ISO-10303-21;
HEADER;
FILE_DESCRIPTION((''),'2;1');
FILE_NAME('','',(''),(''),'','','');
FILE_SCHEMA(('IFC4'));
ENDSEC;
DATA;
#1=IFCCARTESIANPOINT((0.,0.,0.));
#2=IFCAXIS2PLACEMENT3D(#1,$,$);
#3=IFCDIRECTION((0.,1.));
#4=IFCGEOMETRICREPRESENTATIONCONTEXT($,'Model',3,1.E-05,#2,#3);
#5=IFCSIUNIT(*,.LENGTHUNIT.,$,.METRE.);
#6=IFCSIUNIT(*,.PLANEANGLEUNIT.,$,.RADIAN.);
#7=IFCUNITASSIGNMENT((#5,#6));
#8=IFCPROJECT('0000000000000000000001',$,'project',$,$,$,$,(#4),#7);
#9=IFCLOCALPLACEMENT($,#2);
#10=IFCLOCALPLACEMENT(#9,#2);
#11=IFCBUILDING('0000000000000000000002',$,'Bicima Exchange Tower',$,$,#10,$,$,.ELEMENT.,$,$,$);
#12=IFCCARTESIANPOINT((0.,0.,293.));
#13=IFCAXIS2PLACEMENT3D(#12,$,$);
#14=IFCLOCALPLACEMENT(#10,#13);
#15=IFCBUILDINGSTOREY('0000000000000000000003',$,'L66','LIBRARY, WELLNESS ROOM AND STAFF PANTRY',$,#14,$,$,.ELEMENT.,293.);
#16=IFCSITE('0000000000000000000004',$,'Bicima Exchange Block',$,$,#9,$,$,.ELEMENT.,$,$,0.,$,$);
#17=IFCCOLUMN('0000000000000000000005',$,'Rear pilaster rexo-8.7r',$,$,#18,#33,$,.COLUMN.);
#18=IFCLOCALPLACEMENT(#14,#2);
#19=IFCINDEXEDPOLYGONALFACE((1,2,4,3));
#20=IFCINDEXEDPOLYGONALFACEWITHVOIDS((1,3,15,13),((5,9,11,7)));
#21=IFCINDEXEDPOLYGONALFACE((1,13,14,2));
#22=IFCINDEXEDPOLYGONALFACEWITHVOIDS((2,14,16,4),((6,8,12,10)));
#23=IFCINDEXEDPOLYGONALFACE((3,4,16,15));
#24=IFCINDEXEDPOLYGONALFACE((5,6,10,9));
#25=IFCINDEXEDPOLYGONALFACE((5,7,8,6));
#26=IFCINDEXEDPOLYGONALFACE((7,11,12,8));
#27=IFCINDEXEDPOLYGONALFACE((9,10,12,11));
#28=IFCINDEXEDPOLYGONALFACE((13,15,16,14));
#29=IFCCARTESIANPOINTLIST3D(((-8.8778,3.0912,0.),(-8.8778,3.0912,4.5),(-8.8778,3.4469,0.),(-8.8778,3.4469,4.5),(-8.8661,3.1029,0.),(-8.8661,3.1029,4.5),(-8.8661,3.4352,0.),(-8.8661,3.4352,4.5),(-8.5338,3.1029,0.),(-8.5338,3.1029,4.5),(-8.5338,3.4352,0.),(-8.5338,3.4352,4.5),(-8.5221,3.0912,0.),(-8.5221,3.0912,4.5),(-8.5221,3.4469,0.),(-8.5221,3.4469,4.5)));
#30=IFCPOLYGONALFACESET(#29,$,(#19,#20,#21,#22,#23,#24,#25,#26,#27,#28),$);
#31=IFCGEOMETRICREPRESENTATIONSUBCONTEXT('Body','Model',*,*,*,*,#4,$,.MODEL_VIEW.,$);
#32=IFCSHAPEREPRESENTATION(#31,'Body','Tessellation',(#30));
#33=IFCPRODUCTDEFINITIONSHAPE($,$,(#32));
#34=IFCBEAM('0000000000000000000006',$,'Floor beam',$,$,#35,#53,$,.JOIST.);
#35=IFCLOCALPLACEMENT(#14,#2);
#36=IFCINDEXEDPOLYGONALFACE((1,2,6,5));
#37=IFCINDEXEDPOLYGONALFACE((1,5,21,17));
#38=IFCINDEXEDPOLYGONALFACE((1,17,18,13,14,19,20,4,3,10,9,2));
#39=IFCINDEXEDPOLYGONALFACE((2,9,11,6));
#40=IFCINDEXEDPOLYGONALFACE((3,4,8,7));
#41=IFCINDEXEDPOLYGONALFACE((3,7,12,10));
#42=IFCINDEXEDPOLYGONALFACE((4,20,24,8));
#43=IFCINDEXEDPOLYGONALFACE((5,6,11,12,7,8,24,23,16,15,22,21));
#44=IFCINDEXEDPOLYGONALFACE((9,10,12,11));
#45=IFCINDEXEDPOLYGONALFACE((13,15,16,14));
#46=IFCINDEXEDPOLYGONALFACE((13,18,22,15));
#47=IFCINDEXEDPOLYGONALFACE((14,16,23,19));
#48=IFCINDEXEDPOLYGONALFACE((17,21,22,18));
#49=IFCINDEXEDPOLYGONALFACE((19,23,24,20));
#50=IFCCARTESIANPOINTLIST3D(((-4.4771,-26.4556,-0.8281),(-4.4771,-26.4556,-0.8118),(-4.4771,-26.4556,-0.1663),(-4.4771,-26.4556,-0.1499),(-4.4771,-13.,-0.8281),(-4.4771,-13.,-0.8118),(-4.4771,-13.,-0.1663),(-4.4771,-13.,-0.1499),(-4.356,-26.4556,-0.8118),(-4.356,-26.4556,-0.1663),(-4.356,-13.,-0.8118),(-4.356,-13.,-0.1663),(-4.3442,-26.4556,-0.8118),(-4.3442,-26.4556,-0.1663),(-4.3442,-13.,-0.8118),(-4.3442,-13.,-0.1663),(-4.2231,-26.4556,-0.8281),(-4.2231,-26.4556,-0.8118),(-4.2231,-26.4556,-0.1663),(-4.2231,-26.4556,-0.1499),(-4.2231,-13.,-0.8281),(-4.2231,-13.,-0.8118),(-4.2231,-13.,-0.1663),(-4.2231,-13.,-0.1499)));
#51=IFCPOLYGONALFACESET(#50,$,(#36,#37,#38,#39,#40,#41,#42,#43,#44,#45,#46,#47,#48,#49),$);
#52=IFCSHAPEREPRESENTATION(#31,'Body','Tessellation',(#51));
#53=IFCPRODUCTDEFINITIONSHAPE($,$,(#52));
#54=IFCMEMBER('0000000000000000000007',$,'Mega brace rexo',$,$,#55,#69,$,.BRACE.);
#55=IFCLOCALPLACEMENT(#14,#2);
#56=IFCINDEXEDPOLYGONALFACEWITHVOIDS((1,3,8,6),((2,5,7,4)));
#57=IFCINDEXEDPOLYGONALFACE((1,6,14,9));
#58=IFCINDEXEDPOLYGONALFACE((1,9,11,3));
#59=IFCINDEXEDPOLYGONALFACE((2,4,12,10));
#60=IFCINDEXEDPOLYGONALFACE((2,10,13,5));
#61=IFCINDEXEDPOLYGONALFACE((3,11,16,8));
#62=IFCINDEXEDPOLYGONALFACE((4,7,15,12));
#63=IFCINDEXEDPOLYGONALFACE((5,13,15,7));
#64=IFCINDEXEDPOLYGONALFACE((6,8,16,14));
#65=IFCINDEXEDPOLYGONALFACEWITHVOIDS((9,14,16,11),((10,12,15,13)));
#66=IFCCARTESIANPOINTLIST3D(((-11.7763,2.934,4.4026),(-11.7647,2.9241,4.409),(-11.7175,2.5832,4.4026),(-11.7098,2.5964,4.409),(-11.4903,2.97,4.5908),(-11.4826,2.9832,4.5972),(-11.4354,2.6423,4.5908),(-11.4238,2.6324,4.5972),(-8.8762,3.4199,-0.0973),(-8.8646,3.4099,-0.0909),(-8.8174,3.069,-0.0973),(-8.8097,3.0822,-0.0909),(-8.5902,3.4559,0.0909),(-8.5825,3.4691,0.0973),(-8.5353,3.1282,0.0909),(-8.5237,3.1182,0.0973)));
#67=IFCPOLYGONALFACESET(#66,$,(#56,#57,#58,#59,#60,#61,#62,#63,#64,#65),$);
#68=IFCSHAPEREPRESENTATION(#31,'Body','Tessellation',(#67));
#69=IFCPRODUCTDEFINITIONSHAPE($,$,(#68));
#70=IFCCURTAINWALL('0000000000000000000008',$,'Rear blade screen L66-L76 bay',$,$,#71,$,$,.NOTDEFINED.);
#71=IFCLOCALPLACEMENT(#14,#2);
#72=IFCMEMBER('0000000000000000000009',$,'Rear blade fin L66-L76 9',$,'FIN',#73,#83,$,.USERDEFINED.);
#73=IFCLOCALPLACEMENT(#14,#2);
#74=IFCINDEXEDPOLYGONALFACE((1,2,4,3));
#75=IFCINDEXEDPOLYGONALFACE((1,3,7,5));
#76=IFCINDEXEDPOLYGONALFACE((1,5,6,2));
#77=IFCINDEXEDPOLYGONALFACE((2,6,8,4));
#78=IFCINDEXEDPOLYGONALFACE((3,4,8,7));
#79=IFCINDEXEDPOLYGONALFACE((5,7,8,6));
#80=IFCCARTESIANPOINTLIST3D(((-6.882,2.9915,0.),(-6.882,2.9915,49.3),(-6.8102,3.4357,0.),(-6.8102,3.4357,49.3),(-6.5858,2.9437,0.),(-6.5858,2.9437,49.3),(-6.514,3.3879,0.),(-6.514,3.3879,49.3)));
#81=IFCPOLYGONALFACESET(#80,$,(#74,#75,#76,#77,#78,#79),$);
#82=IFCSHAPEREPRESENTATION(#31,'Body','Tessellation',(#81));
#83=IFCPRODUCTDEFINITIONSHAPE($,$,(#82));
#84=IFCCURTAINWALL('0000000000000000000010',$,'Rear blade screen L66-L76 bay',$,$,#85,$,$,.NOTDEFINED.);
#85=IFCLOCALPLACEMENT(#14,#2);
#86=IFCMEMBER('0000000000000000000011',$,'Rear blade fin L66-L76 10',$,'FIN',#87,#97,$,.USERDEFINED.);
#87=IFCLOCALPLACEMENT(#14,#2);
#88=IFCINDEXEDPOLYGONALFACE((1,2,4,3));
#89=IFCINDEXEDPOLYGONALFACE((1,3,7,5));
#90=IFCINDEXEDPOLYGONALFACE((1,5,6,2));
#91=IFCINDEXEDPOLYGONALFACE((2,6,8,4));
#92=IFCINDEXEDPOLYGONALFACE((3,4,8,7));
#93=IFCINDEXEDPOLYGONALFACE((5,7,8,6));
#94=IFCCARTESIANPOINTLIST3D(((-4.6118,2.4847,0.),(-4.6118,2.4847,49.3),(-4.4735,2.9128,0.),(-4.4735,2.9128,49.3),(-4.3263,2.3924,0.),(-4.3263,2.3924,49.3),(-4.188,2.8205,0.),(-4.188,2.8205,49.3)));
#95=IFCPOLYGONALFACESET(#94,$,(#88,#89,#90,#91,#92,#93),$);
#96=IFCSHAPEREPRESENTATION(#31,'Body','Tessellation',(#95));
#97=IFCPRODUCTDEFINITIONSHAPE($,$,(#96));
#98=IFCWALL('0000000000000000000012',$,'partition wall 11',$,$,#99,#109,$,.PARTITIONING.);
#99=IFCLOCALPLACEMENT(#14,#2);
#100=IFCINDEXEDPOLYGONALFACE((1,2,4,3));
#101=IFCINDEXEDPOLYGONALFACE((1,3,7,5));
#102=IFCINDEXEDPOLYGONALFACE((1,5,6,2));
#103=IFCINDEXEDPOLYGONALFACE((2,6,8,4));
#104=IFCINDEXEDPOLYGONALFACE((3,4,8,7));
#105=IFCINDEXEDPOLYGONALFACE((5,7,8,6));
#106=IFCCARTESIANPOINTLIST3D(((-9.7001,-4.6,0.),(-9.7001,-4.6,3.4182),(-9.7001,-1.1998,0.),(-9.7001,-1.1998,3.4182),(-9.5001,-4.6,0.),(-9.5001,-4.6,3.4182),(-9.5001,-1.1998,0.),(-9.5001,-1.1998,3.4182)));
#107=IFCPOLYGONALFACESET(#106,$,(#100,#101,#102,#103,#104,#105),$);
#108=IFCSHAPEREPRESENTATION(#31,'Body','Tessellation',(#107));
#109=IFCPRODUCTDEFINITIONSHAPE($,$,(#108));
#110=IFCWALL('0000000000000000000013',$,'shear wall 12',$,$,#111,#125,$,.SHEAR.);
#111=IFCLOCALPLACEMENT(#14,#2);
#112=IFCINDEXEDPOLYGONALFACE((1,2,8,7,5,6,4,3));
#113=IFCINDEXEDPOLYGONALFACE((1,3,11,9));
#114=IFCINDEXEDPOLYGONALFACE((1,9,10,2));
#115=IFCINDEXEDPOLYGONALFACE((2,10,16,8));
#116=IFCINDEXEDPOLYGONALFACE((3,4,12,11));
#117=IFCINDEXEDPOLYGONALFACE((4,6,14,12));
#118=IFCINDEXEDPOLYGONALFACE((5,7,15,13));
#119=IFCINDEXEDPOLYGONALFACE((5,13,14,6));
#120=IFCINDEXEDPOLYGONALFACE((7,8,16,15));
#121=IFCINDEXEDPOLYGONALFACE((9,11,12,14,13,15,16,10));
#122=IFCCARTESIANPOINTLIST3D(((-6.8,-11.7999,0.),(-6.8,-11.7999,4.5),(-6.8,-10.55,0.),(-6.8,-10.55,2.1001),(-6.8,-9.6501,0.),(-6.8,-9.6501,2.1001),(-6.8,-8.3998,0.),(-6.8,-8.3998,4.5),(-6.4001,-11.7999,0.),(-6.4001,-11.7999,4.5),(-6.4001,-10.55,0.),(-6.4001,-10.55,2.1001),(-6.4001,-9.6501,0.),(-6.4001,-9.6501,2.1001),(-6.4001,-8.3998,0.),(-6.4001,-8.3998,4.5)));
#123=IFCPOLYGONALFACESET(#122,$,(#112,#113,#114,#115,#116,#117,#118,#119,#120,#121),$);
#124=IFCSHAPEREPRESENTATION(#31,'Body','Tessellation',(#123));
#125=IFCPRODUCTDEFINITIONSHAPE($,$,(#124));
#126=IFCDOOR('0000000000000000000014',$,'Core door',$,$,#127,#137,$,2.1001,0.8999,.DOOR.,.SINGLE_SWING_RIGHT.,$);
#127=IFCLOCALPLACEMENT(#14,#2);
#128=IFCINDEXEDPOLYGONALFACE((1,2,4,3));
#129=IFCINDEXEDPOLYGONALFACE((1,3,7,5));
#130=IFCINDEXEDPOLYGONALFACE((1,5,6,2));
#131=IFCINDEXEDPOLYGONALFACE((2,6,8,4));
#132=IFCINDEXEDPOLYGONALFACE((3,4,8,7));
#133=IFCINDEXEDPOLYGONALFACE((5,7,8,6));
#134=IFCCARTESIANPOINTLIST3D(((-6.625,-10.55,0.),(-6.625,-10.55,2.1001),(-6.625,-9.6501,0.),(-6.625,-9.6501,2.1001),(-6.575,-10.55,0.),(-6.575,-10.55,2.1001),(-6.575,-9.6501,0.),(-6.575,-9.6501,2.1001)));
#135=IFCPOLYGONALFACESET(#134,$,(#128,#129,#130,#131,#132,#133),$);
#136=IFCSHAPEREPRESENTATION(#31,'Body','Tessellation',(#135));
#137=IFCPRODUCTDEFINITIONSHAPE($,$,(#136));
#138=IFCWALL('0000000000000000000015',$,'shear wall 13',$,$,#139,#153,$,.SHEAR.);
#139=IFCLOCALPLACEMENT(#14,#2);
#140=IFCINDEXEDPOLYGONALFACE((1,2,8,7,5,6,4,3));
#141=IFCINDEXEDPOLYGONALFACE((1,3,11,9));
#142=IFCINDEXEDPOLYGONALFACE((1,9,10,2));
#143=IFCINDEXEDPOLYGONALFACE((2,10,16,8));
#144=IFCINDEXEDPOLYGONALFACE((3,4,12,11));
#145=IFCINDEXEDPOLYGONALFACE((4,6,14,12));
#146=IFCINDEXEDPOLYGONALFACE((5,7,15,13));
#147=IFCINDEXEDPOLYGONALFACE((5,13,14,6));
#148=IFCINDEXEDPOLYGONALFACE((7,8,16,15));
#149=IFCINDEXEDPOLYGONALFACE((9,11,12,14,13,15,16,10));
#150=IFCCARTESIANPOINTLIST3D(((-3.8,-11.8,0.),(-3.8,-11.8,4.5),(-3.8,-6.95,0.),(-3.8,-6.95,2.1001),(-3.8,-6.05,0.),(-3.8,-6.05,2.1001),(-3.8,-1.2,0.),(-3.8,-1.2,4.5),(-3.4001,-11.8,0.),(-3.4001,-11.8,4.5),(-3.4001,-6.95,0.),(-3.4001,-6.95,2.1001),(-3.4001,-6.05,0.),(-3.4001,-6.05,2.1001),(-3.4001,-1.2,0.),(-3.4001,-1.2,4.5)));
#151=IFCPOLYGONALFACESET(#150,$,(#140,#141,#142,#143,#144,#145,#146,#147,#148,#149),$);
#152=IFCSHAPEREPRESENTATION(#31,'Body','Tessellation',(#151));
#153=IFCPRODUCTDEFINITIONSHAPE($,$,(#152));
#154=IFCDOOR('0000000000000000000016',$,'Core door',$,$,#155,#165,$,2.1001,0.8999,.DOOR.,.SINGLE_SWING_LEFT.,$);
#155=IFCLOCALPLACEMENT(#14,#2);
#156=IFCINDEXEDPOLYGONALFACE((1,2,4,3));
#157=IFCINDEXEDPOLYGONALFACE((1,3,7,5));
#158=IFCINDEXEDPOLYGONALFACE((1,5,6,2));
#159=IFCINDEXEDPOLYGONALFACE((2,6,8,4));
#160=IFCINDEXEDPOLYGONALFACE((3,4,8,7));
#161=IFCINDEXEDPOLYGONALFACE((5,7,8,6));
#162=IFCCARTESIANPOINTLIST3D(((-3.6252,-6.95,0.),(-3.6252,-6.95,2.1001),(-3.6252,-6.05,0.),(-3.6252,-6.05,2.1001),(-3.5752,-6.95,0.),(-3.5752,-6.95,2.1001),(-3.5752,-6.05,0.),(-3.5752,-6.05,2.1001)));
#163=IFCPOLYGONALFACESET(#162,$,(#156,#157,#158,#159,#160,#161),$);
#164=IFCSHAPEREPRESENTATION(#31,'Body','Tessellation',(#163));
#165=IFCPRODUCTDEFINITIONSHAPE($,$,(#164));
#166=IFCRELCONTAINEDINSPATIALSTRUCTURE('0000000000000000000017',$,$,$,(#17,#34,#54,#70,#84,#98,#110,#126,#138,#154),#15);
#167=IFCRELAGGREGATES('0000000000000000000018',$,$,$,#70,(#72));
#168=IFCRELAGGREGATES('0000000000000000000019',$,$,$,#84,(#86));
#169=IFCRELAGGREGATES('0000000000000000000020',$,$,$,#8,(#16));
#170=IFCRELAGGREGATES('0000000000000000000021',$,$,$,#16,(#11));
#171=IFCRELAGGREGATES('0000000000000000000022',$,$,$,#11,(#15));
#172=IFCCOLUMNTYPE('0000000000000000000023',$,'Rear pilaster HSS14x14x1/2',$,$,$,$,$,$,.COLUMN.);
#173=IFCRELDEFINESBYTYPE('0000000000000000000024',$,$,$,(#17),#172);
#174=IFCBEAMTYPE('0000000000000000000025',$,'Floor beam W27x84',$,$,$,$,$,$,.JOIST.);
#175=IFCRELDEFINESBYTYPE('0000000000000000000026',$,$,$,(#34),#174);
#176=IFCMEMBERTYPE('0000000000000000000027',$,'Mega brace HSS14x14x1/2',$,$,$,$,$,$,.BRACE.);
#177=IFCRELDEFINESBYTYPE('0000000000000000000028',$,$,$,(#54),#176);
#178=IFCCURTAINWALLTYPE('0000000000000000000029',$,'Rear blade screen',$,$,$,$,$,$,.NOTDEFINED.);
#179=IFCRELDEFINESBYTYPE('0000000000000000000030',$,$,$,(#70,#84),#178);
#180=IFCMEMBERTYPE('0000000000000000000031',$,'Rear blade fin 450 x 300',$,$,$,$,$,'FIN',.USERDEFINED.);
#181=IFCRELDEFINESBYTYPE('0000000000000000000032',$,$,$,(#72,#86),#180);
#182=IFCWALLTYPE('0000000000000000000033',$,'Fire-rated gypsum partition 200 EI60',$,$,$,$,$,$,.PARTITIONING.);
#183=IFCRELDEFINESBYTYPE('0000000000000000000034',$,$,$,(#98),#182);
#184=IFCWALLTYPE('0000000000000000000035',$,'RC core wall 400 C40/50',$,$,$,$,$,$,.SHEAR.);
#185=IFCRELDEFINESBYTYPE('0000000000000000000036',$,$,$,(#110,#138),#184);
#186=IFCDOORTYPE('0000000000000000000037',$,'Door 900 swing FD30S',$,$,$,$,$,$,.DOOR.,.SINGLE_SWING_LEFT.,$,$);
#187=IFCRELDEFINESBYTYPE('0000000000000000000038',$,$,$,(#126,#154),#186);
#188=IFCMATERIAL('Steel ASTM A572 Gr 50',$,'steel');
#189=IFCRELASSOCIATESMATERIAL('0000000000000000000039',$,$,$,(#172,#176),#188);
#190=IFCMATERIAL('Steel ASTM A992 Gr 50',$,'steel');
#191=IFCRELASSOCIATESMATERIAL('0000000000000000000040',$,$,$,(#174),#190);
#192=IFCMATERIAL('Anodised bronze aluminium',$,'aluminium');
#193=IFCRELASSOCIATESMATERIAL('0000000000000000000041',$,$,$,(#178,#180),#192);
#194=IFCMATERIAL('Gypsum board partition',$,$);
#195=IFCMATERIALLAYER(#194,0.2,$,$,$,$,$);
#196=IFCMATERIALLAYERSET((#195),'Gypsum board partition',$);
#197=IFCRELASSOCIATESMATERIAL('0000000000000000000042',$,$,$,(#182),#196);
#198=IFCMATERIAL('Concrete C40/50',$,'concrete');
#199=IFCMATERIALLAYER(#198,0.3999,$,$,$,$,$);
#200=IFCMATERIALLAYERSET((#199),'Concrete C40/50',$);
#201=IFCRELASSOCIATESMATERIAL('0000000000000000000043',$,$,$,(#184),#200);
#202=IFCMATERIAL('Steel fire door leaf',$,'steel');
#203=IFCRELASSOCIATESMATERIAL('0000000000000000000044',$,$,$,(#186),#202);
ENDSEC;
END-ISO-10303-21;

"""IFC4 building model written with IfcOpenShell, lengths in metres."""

from ifc_helpers import new_model, si_unit, direction, frame, frame_2d, origin, origin_2d, place, context, subcontext, project, spatial, rectangle, hollow_rectangle, i_section, extrude, material, layer, layer_set, material_profile, profile_set, type_object, element, fill, aggregate, save


model = new_model("IFC4")

# Units and contexts
model_context = context("Model", 3, precision=1e-05, world=origin(), true_north=direction((0.0, 1.0)))
body_context = subcontext(model_context, "Body", "Model", "MODEL_VIEW")
ifc_project = project(units=[si_unit("LENGTHUNIT", "METRE"), si_unit("PLANEANGLEUNIT", "RADIAN")], contexts=[model_context])

# Site, building, storey
site_placement = place(None, origin())
site = spatial("IfcSite", under=ifc_project, at=site_placement, Name="Bicima Exchange Block", CompositionType="ELEMENT", RefElevation=0.0)
building_placement = place(site_placement, origin())
building = spatial("IfcBuilding", under=site, at=building_placement, Name="Bicima Exchange Tower", CompositionType="ELEMENT")
storey_placement = place(building_placement, frame((0.0, 0.0, 293.0)))
storey = spatial("IfcBuildingStorey", under=building, at=storey_placement, Name="L66", Description="LIBRARY, WELLNESS ROOM AND STAFF PANTRY", CompositionType="ELEMENT", Elevation=293.0)

# Column
ifc_material_1 = material(Name="Steel ASTM A572 Gr 50", Category="steel")
ifc_material_profile_1 = material_profile(ifc_material_1, hollow_rectangle(XDim=0.3557, YDim=0.3557, WallThickness=0.0117, at=origin_2d()))
ifc_profile_set_1 = profile_set([ifc_material_profile_1], Name="Steel ASTM A572 Gr 50")
column_type = type_object("IfcColumnType", Name="Rear pilaster HSS14x14x1/2", PredefinedType="COLUMN", material=ifc_profile_set_1)
column_placement = place(storey_placement, frame((-8.7, 3.269, 0.0), z_axis=(0.0, 0.0, 1.0), x_axis=(1.0, 0.0, 0.0)))
element("IfcColumn", 1, at=column_placement, inside=storey, type_object=column_type, Name="Rear pilaster rexo-8.7r", PredefinedType="COLUMN", context=body_context, shape_type="SweptSolid", body=[
    extrude(hollow_rectangle(XDim=0.3557, YDim=0.3557, WallThickness=0.0117, at=origin_2d()), origin(), (0.0, 0.0, 1.0), 4.5),
])

# Beam
ifc_material_2 = material(Name="Steel ASTM A992 Gr 50", Category="steel")
ifc_material_profile_2 = material_profile(ifc_material_2, i_section(OverallWidth=0.2539, OverallDepth=0.6782, WebThickness=0.0117, FlangeThickness=0.0164, at=origin_2d()))
ifc_profile_set_2 = profile_set([ifc_material_profile_2], Name="Steel ASTM A992 Gr 50")
beam_type = type_object("IfcBeamType", Name="Floor beam W27x84", PredefinedType="JOIST", material=ifc_profile_set_2)
beam_placement = place(storey_placement, frame((-4.3501, -13.0, -0.489), z_axis=(0.0, -1.0, 0.0), x_axis=(1.0, 0.0, 0.0)))
element("IfcBeam", 2, at=beam_placement, inside=storey, type_object=beam_type, Name="Floor beam", PredefinedType="JOIST", context=body_context, shape_type="SweptSolid", body=[
    extrude(i_section(OverallWidth=0.2539, OverallDepth=0.6782, WebThickness=0.0117, FlangeThickness=0.0164, at=origin_2d()), origin(), (0.0, 0.0, 1.0), 13.4556),
])

# Member
member_type_1 = type_object("IfcMemberType", Name="Mega brace HSS14x14x1/2", PredefinedType="BRACE", material=ifc_profile_set_1)
member_1_placement = place(storey_placement, frame((-8.7, 3.269, 0.0), z_axis=(-0.539504, -0.090379, 0.837119), x_axis=(0.16522, -0.986257, 0.0)))
element("IfcMember", 3, at=member_1_placement, inside=storey, type_object=member_type_1, Name="Mega brace rexo", PredefinedType="BRACE", context=body_context, shape_type="SweptSolid", body=[
    extrude(hollow_rectangle(XDim=0.3557, YDim=0.3557, WallThickness=0.0117, at=origin_2d()), origin(), (0.0, 0.0, 1.0), 5.3755),
])

# Curtain walls, members
ifc_material_3 = material(Name="Anodised bronze aluminium", Category="aluminium")
curtain_wall_type = type_object("IfcCurtainWallType", Name="Rear blade screen", PredefinedType="NOTDEFINED", material=ifc_material_3)
curtain_wall_1_placement = place(storey_placement, origin())
curtain_wall_1 = element("IfcCurtainWall", 4, at=curtain_wall_1_placement, inside=storey, type_object=curtain_wall_type, Name="Rear blade screen L66-L76 bay", PredefinedType="NOTDEFINED")
ifc_material_profile_3 = material_profile(ifc_material_3, rectangle(XDim=0.45, YDim=0.3, at=origin_2d()))
ifc_profile_set_3 = profile_set([ifc_material_profile_3], Name="Anodised bronze aluminium")
member_type_2 = type_object("IfcMemberType", Name="Rear blade fin 450 x 300", ElementType="FIN", PredefinedType="USERDEFINED", material=ifc_profile_set_3)
member_2_placement = place(storey_placement, frame((-6.698, 3.1897, 0.0), z_axis=(0.0, 0.0, 1.0), x_axis=(0.159549, 0.98719, 0.0)))
member_2 = element("IfcMember", 5, at=member_2_placement, type_object=member_type_2, Name="Rear blade fin L66-L76 9", ObjectType="FIN", PredefinedType="USERDEFINED", context=body_context, shape_type="SweptSolid", body=[
    extrude(rectangle(XDim=0.45, YDim=0.3, at=origin_2d()), origin(), (0.0, 0.0, 1.0), 49.3),
])
aggregate(curtain_wall_1, [member_2])
curtain_wall_2_placement = place(storey_placement, origin())
curtain_wall_2 = element("IfcCurtainWall", 6, at=curtain_wall_2_placement, inside=storey, type_object=curtain_wall_type, Name="Rear blade screen L66-L76 bay", PredefinedType="NOTDEFINED")
member_3_placement = place(storey_placement, frame((-4.3999, 2.6526, 0.0), z_axis=(0.0, 0.0, 1.0), x_axis=(0.307568, 0.951526, 0.0)))
member_3 = element("IfcMember", 7, at=member_3_placement, type_object=member_type_2, Name="Rear blade fin L66-L76 10", ObjectType="FIN", PredefinedType="USERDEFINED", context=body_context, shape_type="SweptSolid", body=[
    extrude(rectangle(XDim=0.45, YDim=0.3, at=origin_2d()), origin(), (0.0, 0.0, 1.0), 49.3),
])
aggregate(curtain_wall_2, [member_3])

# Wall
ifc_material_4 = material(Name="Gypsum board partition")
ifc_layer_1 = layer(ifc_material_4, 0.2)
ifc_layer_set_1 = layer_set([ifc_layer_1], Name="Gypsum board partition")
wall_type_1 = type_object("IfcWallType", Name="Fire-rated gypsum partition 200 EI60", PredefinedType="PARTITIONING", material=ifc_layer_set_1)
wall_1_placement = place(storey_placement, frame((-9.6001, -4.6001, 0.0), z_axis=(0.0, 0.0, 1.0), x_axis=(0.0, 1.0, 0.0)))
element("IfcWall", 8, at=wall_1_placement, inside=storey, type_object=wall_type_1, Name="partition wall 11", PredefinedType="PARTITIONING", context=body_context, shape_type="SweptSolid", body=[
    extrude(rectangle(XDim=3.4001, YDim=0.2, at=frame_2d((1.7002, 0.0))), origin(), (0.0, 0.0, 1.0), 3.4182),
])

# Walls, openings, doors
ifc_material_5 = material(Name="Concrete C40/50", Category="concrete")
ifc_layer_2 = layer(ifc_material_5, 0.3999)
ifc_layer_set_2 = layer_set([ifc_layer_2], Name="Concrete C40/50")
wall_type_2 = type_object("IfcWallType", Name="RC core wall 400 C40/50", PredefinedType="SHEAR", material=ifc_layer_set_2)
wall_2_placement = place(storey_placement, frame((-6.6001, -11.8, 0.0), z_axis=(0.0, 0.0, 1.0), x_axis=(0.0, 1.0, 0.0)))
wall_2 = element("IfcWall", 9, at=wall_2_placement, inside=storey, type_object=wall_type_2, Name="shear wall 12", PredefinedType="SHEAR", context=body_context, shape_type="SweptSolid", body=[
    extrude(rectangle(XDim=3.4001, YDim=0.3999, at=frame_2d((1.7002, 0.0))), origin(), (0.0, 0.0, 1.0), 4.5),
])
opening_1_placement = place(wall_2_placement, frame((1.25, 0.0, 0.0)))
opening_1 = element("IfcOpeningElement", 10, at=opening_1_placement, cuts=wall_2, PredefinedType="OPENING", context=body_context, shape_type="SweptSolid", body=[
    extrude(rectangle(XDim=0.8999, YDim=2.1001, at=frame_2d((0.45, 1.05))), frame((0.0, 0.2119, 0.0), z_axis=(0.0, -1.0, 0.0), x_axis=(1.0, 0.0, 0.0)), (0.0, 0.0, 1.0), 0.4238),
])
ifc_material_6 = material(Name="Steel fire door leaf", Category="steel")
door_type_1 = type_object("IfcDoorType", Name="Door 900 swing FD30S", OperationType="SINGLE_SWING_LEFT", PredefinedType="DOOR", material=ifc_material_6)
door_1_placement = place(opening_1_placement, origin())
door_1 = element("IfcDoor", 11, at=door_1_placement, inside=storey, type_object=door_type_1, Name="Core door", OperationType="SINGLE_SWING_RIGHT", OverallHeight=2.1001, OverallWidth=0.8999, PredefinedType="DOOR", context=body_context, shape_type="SweptSolid", body=[
    extrude(rectangle(XDim=0.8999, YDim=2.1001, at=frame_2d((0.45, 1.05))), frame((0.0, 0.0249, 0.0), z_axis=(0.0, -1.0, 0.0), x_axis=(1.0, 0.0, 0.0)), (0.0, 0.0, 1.0), 0.05),
])
fill(opening_1, door_1)
wall_3_placement = place(storey_placement, frame((-3.6001, -11.8, 0.0), z_axis=(0.0, 0.0, 1.0), x_axis=(0.0, 1.0, 0.0)))
wall_3 = element("IfcWall", 12, at=wall_3_placement, inside=storey, type_object=wall_type_2, Name="shear wall 13", PredefinedType="SHEAR", context=body_context, shape_type="SweptSolid", body=[
    extrude(rectangle(XDim=10.6001, YDim=0.3999, at=frame_2d((5.3, 0.0))), origin(), (0.0, 0.0, 1.0), 4.5),
])
opening_2_placement = place(wall_3_placement, frame((4.8501, 0.0, 0.0)))
opening_2 = element("IfcOpeningElement", 13, at=opening_2_placement, cuts=wall_3, PredefinedType="OPENING", context=body_context, shape_type="SweptSolid", body=[
    extrude(rectangle(XDim=0.8999, YDim=2.1001, at=frame_2d((0.45, 1.05))), frame((0.0, 0.2119, 0.0), z_axis=(0.0, -1.0, 0.0), x_axis=(1.0, 0.0, 0.0)), (0.0, 0.0, 1.0), 0.4238),
])
door_2_placement = place(opening_2_placement, frame((0.8999, 0.0, 0.0), z_axis=(0.0, 0.0, 1.0), x_axis=(-1.0, 0.0, 0.0)))
door_2 = element("IfcDoor", 14, at=door_2_placement, inside=storey, type_object=door_type_1, Name="Core door", OperationType="SINGLE_SWING_LEFT", OverallHeight=2.1001, OverallWidth=0.8999, PredefinedType="DOOR", context=body_context, shape_type="SweptSolid", body=[
    extrude(rectangle(XDim=0.8999, YDim=2.1001, at=frame_2d((0.45, 1.05))), frame((0.0, 0.0249, 0.0), z_axis=(0.0, -1.0, 0.0), x_axis=(1.0, 0.0, 0.0)), (0.0, 0.0, 1.0), 0.05),
])
fill(opening_2, door_2)

save(model, "model.ifc")
